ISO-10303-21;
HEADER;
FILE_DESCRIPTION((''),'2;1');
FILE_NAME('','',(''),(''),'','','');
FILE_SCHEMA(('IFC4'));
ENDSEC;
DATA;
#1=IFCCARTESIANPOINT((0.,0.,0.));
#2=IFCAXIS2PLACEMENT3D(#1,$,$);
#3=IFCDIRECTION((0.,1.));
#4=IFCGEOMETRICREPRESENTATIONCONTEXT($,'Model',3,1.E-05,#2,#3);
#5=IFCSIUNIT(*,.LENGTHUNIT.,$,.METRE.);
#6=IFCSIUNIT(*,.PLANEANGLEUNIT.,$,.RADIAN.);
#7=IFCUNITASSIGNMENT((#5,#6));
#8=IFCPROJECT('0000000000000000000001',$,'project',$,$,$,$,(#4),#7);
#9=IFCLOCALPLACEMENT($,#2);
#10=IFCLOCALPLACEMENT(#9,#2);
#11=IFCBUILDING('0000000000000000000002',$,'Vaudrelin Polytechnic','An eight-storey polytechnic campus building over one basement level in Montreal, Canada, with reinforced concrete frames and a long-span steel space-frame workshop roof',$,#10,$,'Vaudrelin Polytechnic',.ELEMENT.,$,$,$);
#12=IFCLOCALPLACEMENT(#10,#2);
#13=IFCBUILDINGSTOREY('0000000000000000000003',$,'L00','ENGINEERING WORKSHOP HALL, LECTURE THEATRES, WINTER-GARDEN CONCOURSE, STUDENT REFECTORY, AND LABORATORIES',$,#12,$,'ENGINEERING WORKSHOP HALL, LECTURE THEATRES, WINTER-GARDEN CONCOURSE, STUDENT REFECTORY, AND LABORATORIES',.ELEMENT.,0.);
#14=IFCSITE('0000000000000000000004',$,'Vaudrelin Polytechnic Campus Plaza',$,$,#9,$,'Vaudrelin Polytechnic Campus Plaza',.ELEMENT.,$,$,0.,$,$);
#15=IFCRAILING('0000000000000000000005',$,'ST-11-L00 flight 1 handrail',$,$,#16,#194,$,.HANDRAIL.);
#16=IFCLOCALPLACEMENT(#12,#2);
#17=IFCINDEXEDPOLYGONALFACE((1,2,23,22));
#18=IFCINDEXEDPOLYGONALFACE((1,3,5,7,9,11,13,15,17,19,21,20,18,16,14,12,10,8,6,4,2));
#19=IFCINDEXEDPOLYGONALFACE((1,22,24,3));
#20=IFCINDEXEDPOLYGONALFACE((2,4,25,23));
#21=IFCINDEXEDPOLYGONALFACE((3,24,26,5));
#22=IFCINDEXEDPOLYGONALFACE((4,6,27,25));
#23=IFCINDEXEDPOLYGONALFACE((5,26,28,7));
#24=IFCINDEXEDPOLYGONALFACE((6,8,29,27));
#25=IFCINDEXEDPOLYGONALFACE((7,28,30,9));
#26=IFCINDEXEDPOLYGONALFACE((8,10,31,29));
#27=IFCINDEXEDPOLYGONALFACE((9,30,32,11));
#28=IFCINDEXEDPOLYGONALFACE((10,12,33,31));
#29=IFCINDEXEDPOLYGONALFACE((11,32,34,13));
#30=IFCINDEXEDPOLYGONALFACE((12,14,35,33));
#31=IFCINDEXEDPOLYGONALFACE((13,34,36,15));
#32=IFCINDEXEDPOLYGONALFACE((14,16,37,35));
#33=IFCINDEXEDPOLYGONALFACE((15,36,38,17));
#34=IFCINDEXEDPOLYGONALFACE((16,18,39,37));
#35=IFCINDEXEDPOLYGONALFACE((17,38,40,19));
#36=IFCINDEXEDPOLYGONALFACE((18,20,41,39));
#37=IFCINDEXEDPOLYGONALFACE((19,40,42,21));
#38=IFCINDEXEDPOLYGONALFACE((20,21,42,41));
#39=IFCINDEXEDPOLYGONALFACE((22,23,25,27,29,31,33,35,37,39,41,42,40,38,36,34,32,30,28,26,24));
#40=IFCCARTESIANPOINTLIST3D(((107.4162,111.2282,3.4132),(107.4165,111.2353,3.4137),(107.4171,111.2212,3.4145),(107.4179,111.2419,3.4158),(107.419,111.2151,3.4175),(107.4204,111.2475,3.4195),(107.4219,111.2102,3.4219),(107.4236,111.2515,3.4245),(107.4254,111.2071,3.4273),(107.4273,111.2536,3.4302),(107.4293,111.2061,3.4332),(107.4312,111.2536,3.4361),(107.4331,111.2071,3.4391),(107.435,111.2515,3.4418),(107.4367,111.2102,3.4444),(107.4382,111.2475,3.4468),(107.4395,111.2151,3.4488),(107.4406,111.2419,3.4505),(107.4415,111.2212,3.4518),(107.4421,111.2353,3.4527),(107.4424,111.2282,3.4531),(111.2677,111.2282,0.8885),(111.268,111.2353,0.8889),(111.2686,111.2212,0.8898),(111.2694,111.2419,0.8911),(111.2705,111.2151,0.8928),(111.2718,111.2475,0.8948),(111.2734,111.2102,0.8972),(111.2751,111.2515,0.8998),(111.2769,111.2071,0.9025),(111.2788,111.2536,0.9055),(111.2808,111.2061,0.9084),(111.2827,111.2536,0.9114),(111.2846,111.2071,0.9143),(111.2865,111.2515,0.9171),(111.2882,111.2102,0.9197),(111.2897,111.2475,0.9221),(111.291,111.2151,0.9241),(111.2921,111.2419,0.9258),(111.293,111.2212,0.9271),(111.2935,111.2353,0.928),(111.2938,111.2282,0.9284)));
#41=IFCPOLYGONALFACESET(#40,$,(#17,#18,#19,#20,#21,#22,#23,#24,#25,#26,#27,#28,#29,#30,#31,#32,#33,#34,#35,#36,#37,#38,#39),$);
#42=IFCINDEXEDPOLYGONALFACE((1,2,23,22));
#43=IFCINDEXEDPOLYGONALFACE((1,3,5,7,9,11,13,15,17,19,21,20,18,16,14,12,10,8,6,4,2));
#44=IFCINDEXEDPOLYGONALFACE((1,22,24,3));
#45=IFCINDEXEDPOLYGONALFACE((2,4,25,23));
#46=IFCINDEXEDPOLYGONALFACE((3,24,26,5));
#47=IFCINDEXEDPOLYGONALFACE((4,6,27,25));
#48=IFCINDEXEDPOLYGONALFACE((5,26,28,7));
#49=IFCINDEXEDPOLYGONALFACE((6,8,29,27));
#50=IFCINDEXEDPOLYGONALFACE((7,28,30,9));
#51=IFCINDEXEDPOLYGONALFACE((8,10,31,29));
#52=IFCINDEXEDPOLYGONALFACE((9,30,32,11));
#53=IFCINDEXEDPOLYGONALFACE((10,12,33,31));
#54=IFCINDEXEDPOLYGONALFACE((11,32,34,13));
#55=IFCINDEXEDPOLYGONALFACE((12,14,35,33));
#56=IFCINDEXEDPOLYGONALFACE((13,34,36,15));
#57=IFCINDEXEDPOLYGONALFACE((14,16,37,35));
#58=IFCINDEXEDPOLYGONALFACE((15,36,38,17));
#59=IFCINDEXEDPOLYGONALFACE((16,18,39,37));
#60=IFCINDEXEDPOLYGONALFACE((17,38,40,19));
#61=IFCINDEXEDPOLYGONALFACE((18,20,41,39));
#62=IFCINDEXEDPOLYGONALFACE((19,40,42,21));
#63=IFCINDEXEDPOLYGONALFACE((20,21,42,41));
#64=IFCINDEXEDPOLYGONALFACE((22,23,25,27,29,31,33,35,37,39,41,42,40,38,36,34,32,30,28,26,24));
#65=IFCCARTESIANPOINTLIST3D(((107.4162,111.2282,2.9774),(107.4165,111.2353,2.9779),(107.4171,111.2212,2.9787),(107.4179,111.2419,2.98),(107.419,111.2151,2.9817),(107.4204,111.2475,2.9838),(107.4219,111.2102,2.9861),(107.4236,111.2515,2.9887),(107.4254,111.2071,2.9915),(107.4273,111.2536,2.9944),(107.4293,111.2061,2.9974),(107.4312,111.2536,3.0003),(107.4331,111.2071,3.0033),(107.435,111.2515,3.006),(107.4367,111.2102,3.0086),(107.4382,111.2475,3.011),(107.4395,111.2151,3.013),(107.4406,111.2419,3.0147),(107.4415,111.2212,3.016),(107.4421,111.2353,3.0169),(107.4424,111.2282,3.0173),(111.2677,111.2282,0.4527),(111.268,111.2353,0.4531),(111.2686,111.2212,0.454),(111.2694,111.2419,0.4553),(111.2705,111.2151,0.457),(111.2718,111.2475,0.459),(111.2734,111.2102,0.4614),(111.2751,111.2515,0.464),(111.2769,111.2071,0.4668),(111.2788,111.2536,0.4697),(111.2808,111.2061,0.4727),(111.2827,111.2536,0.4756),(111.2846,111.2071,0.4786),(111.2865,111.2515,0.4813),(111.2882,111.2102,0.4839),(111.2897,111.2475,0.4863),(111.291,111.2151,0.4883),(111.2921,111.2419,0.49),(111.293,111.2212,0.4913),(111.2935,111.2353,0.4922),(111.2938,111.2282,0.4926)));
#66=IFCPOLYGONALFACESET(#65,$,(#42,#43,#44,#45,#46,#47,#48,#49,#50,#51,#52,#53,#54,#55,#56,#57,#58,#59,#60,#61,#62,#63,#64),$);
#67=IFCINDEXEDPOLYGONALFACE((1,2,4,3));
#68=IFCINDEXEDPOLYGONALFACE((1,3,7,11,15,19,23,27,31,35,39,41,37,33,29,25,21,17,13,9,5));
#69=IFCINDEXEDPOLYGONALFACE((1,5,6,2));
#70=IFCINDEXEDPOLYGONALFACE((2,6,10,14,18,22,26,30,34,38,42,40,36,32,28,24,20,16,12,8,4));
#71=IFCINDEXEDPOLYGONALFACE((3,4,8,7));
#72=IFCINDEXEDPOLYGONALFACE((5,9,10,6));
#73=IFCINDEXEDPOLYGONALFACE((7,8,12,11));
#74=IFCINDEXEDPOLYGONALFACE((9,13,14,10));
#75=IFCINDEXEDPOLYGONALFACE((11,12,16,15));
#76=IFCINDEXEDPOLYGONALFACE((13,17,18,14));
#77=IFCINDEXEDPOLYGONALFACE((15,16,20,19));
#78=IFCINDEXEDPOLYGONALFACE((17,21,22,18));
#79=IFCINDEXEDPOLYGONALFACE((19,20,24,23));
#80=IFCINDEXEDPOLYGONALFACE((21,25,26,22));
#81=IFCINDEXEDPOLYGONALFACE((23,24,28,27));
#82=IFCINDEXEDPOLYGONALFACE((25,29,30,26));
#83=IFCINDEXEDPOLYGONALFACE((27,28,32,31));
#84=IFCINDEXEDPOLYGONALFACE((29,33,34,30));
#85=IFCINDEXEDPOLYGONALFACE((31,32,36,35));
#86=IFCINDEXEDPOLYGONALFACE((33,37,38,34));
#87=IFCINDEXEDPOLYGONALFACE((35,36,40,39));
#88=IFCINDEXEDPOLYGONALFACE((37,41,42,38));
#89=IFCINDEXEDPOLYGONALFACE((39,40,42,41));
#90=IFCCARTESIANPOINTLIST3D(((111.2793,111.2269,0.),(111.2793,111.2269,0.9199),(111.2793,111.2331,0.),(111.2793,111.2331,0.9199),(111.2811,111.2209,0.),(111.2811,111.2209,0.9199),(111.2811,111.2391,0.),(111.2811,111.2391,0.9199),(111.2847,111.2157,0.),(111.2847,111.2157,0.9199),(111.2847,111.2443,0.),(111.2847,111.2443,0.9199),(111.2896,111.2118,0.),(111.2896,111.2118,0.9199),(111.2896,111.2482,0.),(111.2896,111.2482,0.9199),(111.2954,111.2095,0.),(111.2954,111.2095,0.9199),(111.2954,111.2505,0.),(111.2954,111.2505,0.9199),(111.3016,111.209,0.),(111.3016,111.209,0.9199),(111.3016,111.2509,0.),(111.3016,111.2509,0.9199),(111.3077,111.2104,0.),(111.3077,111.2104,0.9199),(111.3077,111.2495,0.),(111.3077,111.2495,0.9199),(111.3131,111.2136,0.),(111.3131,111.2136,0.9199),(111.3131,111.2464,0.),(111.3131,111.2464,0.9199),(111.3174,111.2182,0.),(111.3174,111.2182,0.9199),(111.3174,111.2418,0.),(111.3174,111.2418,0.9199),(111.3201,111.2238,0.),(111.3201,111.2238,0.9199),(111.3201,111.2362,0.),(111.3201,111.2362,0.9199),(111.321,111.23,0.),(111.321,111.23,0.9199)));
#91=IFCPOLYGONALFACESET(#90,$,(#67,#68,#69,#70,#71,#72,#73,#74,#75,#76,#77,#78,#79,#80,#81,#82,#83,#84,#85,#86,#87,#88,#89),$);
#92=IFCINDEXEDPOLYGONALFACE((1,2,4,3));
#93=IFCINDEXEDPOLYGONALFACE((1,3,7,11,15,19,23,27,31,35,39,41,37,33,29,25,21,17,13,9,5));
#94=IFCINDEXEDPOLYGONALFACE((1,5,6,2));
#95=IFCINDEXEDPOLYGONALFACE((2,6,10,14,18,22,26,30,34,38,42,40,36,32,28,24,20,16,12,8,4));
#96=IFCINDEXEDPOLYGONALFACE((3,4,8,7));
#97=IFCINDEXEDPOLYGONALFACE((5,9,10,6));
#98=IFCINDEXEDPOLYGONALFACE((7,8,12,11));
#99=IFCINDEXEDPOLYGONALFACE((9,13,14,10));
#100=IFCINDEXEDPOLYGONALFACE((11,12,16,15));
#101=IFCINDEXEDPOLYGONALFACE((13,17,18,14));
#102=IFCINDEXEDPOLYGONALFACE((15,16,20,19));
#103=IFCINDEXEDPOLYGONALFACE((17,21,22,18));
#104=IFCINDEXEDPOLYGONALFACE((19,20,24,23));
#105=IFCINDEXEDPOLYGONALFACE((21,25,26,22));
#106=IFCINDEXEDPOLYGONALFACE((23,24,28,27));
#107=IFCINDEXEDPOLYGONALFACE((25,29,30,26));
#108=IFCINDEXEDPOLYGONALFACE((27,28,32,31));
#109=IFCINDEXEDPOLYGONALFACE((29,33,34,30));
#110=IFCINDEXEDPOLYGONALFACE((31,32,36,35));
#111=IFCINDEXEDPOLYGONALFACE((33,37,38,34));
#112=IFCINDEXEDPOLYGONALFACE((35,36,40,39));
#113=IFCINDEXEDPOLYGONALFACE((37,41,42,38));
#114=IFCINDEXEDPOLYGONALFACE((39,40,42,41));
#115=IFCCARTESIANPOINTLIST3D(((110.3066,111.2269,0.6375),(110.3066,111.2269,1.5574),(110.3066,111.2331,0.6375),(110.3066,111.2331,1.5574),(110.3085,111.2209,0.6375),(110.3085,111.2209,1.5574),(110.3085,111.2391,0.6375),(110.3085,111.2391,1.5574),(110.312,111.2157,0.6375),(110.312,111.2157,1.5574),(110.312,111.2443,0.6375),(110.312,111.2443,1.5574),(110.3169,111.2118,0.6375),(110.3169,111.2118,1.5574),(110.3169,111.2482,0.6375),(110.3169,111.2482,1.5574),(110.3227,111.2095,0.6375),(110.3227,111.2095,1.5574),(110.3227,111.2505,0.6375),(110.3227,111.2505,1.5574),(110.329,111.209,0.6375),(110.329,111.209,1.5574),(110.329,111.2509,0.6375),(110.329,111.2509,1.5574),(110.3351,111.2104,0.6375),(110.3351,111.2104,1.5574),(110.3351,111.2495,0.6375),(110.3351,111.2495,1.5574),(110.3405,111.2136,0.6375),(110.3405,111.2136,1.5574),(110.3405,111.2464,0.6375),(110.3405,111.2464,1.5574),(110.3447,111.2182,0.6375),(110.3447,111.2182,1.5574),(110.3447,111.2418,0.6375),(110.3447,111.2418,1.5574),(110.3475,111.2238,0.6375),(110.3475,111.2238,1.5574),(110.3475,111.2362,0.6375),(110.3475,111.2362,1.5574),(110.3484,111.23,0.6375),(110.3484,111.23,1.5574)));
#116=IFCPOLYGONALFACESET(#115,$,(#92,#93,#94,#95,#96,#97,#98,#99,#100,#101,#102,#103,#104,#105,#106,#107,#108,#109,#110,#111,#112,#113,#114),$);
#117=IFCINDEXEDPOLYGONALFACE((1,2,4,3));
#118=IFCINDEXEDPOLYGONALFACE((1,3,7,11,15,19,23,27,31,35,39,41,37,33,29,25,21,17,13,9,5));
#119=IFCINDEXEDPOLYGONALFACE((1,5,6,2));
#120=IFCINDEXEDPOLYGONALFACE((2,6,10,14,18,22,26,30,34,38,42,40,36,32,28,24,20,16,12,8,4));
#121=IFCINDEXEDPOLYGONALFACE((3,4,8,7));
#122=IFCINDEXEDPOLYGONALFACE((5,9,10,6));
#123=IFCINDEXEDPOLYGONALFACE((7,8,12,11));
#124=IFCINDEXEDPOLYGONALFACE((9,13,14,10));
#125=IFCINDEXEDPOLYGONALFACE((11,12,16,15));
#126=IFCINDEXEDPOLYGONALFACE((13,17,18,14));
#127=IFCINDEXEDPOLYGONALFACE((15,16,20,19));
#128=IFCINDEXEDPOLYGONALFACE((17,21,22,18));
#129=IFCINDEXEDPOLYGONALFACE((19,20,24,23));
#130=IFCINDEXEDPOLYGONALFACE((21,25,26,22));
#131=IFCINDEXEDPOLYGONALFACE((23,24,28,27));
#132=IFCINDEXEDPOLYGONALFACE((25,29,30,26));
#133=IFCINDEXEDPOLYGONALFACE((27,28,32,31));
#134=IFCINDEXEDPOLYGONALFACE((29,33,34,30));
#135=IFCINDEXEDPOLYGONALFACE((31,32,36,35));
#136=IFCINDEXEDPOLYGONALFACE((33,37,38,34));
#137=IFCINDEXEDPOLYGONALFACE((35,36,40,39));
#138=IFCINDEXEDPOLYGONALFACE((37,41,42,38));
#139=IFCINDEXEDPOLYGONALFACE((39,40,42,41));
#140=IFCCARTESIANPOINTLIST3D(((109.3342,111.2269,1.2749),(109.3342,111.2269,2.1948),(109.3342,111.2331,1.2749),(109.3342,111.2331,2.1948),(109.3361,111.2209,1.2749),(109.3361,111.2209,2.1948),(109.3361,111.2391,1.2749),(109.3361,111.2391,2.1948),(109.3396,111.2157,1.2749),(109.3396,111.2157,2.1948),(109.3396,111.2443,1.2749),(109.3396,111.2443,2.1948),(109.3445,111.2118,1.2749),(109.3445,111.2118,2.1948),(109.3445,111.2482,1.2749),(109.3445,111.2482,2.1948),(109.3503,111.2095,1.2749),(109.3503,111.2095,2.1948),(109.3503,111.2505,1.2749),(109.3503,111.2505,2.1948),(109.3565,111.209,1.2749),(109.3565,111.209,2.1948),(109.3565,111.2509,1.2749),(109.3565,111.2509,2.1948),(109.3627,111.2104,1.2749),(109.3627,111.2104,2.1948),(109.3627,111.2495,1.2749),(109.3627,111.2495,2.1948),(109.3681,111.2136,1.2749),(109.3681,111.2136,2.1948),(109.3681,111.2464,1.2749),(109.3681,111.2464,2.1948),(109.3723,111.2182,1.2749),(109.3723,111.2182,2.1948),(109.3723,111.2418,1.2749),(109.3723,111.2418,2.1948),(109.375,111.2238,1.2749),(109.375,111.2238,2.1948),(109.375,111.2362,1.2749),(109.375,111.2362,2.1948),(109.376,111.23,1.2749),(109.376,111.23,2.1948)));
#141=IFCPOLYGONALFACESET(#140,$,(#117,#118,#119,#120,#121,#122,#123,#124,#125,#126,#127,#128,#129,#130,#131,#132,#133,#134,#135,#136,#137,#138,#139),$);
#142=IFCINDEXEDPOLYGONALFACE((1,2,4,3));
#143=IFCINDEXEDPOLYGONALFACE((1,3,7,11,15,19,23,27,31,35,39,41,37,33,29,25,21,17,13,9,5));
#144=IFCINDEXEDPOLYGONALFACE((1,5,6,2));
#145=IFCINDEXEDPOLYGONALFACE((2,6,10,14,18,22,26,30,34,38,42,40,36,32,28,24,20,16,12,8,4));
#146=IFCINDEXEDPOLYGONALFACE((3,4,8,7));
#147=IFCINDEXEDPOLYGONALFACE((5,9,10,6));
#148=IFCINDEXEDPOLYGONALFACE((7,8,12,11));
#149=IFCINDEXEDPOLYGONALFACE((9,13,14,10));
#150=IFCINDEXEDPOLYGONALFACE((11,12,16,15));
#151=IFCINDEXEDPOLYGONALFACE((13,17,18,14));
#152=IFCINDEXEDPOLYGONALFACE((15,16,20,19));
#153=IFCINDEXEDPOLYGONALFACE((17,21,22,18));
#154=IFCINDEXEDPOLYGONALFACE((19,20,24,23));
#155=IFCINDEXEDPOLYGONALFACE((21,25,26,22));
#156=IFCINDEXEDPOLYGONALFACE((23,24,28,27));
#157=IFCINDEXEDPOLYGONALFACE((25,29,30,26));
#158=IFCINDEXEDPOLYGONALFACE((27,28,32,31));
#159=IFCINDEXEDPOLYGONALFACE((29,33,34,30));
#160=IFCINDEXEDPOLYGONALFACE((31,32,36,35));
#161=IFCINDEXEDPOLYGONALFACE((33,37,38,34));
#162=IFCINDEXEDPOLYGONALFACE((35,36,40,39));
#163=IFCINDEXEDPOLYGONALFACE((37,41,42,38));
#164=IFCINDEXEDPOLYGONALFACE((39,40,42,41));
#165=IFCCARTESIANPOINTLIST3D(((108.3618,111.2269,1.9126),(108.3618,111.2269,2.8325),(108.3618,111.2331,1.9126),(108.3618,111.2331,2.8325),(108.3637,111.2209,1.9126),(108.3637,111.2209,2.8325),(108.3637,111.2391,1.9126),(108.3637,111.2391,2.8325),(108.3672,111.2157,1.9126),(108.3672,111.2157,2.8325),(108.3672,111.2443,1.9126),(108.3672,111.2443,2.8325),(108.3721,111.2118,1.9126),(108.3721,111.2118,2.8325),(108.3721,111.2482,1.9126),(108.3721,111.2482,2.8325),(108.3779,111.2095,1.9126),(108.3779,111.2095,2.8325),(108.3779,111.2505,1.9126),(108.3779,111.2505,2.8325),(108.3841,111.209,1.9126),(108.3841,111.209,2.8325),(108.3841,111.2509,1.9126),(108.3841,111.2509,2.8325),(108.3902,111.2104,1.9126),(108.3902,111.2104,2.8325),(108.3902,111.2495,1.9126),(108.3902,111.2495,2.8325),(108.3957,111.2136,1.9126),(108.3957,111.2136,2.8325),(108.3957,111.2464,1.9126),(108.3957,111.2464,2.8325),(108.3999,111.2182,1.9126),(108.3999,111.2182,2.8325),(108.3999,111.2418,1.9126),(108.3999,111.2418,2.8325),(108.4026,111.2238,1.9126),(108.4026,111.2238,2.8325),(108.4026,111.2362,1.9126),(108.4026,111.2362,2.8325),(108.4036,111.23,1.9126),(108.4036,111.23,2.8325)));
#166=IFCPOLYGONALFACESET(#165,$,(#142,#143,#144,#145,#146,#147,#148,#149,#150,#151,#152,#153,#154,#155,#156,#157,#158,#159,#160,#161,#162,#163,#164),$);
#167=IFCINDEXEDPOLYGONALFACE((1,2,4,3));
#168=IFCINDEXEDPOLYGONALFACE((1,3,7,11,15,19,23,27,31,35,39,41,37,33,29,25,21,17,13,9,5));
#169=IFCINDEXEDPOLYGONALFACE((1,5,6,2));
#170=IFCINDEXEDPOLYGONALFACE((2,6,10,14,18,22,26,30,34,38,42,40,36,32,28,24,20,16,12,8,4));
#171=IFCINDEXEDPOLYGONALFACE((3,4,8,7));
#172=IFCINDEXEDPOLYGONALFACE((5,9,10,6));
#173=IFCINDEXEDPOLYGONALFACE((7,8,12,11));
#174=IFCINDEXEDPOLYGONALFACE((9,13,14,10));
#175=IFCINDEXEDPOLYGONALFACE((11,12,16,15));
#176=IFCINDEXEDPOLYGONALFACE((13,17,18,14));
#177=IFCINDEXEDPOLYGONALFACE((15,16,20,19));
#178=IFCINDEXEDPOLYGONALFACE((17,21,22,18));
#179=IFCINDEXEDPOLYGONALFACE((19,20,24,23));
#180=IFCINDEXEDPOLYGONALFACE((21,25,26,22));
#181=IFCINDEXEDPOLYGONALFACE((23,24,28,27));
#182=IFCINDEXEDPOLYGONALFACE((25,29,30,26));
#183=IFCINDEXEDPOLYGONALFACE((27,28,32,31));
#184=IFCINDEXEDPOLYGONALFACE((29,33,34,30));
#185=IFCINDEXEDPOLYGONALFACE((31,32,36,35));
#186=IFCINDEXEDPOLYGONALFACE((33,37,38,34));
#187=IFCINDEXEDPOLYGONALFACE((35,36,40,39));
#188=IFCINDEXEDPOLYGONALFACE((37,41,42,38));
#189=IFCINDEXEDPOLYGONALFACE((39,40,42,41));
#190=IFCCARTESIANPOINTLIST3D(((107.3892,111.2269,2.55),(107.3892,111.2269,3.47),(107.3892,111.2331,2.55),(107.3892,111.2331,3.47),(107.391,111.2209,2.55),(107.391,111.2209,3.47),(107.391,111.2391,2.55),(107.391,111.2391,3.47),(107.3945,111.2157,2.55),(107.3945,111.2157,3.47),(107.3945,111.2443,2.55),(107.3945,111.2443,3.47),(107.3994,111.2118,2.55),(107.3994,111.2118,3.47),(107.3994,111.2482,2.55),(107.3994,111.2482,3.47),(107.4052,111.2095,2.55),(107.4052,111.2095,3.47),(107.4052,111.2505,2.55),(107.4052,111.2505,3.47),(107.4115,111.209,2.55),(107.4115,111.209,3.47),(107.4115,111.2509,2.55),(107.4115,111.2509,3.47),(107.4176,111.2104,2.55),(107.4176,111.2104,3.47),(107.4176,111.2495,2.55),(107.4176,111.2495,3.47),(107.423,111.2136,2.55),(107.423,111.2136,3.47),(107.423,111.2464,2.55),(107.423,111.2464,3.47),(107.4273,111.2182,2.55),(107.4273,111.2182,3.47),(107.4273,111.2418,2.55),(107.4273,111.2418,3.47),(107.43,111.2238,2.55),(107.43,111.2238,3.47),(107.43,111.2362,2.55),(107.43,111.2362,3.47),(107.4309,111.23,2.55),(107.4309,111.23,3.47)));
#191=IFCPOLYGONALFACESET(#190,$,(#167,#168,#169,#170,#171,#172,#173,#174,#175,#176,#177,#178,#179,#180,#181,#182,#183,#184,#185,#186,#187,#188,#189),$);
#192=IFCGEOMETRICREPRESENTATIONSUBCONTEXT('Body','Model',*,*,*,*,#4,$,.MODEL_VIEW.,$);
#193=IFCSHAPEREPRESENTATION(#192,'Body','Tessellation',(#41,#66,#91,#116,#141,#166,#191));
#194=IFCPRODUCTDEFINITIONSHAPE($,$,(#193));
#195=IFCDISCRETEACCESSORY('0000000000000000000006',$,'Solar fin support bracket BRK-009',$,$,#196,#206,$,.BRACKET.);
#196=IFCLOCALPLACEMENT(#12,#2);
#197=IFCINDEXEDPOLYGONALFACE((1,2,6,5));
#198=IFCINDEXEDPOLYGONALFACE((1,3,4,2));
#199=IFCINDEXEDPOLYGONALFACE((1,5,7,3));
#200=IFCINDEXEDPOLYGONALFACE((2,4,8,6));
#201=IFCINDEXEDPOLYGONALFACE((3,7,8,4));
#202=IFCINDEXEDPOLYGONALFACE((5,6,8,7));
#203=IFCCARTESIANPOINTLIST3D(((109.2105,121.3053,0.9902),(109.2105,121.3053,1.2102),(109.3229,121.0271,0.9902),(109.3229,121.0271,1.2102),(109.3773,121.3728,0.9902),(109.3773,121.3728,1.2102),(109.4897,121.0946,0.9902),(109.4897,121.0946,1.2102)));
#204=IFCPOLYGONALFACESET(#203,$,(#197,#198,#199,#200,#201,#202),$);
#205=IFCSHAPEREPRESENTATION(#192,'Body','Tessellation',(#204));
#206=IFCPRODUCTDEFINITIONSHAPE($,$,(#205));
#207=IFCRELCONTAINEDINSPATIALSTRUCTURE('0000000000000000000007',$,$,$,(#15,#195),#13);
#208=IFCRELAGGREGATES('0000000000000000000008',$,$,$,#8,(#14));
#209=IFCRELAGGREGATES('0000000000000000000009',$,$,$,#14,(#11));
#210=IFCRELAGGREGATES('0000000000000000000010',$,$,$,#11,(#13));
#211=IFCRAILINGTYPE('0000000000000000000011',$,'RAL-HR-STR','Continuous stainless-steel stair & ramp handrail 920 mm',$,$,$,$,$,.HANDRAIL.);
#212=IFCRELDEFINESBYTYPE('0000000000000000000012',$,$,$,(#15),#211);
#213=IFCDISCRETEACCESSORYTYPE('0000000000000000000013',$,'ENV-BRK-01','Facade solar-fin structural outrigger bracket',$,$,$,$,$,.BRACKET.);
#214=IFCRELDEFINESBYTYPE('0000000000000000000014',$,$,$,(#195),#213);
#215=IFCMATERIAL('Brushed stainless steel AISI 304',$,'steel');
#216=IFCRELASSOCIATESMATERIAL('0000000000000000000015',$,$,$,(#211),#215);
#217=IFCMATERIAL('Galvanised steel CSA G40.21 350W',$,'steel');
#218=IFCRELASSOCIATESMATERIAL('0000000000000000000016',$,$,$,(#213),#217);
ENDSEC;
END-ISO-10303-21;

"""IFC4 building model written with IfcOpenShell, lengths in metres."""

from ifc_helpers import new_model, si_unit, direction, frame, origin, origin_2d, place, context, subcontext, project, spatial, rectangle, circle, extrude, material, type_object, element, save


model = new_model("IFC4")

# Units and contexts
model_context = context("Model", 3, precision=1e-05, world=origin(), true_north=direction((0.0, 1.0)))
body_context = subcontext(model_context, "Body", "Model", "MODEL_VIEW")
ifc_project = project(units=[si_unit("LENGTHUNIT", "METRE"), si_unit("PLANEANGLEUNIT", "RADIAN")], contexts=[model_context])

# Site, building, storey
site_placement = place(None, origin())
site = spatial("IfcSite", under=ifc_project, at=site_placement, Name="Vaudrelin Polytechnic Campus Plaza", LongName="Vaudrelin Polytechnic Campus Plaza", CompositionType="ELEMENT", RefElevation=0.0)
building_placement = place(site_placement, origin())
building = spatial("IfcBuilding", under=site, at=building_placement, Name="Vaudrelin Polytechnic", Description="An eight-storey polytechnic campus building over one basement level in Montreal, Canada, with reinforced concrete frames and a long-span steel space-frame workshop roof", LongName="Vaudrelin Polytechnic", CompositionType="ELEMENT")
storey_placement = place(building_placement, origin())
storey = spatial("IfcBuildingStorey", under=building, at=storey_placement, Name="L00", Description="ENGINEERING WORKSHOP HALL, LECTURE THEATRES, WINTER-GARDEN CONCOURSE, STUDENT REFECTORY, AND LABORATORIES", LongName="ENGINEERING WORKSHOP HALL, LECTURE THEATRES, WINTER-GARDEN CONCOURSE, STUDENT REFECTORY, AND LABORATORIES", CompositionType="ELEMENT", Elevation=0.0)

# Railing
ifc_material_1 = material(Name="Brushed stainless steel AISI 304", Category="steel")
railing_type_1 = type_object("IfcRailingType", Name="RAL-HR-STR", Description="Continuous stainless-steel stair & ramp handrail 920 mm", PredefinedType="HANDRAIL", material=ifc_material_1)
railing_1_placement = place(storey_placement, frame((111.3, 111.23, 0.0)))
element("IfcRailing", 1, at=railing_1_placement, inside=storey, type_object=railing_type_1, Name="ST-11-L00 flight 1 handrail", PredefinedType="HANDRAIL", context=body_context, shape_type="SweptSolid", body=[
    extrude(circle(Radius=0.0239, at=origin_2d()), frame((-0.0193, 0.0, 0.9084), z_axis=(-0.836329, 0.0, 0.548228), x_axis=(0.0, -1.0, 0.0)), (0.0, 0.0, 1.0), 4.6052),
    extrude(circle(Radius=0.0239, at=origin_2d()), frame((-0.0193, 0.0, 0.4727), z_axis=(-0.836329, 0.0, 0.548228), x_axis=(0.0, -1.0, 0.0)), (0.0, 0.0, 1.0), 4.6052),
    extrude(circle(Radius=0.021, at=origin_2d()), origin(), (0.0, 0.0, 1.0), 0.9199),
    extrude(circle(Radius=0.021, at=origin_2d()), frame((-0.9727, 0.0, 0.6375)), (0.0, 0.0, 1.0), 0.9199),
    extrude(circle(Radius=0.021, at=origin_2d()), frame((-1.9451, 0.0, 1.2749)), (0.0, 0.0, 1.0), 0.9199),
    extrude(circle(Radius=0.021, at=origin_2d()), frame((-2.9175, 0.0, 1.9126)), (0.0, 0.0, 1.0), 0.9199),
    extrude(circle(Radius=0.021, at=origin_2d()), frame((-3.8901, 0.0, 2.55)), (0.0, 0.0, 1.0), 0.9199),
])

# Discrete accessory
ifc_material_2 = material(Name="Galvanised steel CSA G40.21 350W", Category="steel")
discrete_accessory_type = type_object("IfcDiscreteAccessoryType", Name="ENV-BRK-01", Description="Facade solar-fin structural outrigger bracket", PredefinedType="BRACKET", material=ifc_material_2)
discrete_accessory_placement = place(storey_placement, frame((109.3501, 121.2, 0.9902), z_axis=(0.0, 0.0, 1.0), x_axis=(0.374607, -0.927184, 0.0)))
element("IfcDiscreteAccessory", 2, at=discrete_accessory_placement, inside=storey, type_object=discrete_accessory_type, Name="Solar fin support bracket BRK-009", PredefinedType="BRACKET", context=body_context, shape_type="SweptSolid", body=[
    extrude(rectangle(XDim=0.3, YDim=0.1799, at=origin_2d()), origin(), (0.0, 0.0, 1.0), 0.22),
])

save(model, "model.ifc")
